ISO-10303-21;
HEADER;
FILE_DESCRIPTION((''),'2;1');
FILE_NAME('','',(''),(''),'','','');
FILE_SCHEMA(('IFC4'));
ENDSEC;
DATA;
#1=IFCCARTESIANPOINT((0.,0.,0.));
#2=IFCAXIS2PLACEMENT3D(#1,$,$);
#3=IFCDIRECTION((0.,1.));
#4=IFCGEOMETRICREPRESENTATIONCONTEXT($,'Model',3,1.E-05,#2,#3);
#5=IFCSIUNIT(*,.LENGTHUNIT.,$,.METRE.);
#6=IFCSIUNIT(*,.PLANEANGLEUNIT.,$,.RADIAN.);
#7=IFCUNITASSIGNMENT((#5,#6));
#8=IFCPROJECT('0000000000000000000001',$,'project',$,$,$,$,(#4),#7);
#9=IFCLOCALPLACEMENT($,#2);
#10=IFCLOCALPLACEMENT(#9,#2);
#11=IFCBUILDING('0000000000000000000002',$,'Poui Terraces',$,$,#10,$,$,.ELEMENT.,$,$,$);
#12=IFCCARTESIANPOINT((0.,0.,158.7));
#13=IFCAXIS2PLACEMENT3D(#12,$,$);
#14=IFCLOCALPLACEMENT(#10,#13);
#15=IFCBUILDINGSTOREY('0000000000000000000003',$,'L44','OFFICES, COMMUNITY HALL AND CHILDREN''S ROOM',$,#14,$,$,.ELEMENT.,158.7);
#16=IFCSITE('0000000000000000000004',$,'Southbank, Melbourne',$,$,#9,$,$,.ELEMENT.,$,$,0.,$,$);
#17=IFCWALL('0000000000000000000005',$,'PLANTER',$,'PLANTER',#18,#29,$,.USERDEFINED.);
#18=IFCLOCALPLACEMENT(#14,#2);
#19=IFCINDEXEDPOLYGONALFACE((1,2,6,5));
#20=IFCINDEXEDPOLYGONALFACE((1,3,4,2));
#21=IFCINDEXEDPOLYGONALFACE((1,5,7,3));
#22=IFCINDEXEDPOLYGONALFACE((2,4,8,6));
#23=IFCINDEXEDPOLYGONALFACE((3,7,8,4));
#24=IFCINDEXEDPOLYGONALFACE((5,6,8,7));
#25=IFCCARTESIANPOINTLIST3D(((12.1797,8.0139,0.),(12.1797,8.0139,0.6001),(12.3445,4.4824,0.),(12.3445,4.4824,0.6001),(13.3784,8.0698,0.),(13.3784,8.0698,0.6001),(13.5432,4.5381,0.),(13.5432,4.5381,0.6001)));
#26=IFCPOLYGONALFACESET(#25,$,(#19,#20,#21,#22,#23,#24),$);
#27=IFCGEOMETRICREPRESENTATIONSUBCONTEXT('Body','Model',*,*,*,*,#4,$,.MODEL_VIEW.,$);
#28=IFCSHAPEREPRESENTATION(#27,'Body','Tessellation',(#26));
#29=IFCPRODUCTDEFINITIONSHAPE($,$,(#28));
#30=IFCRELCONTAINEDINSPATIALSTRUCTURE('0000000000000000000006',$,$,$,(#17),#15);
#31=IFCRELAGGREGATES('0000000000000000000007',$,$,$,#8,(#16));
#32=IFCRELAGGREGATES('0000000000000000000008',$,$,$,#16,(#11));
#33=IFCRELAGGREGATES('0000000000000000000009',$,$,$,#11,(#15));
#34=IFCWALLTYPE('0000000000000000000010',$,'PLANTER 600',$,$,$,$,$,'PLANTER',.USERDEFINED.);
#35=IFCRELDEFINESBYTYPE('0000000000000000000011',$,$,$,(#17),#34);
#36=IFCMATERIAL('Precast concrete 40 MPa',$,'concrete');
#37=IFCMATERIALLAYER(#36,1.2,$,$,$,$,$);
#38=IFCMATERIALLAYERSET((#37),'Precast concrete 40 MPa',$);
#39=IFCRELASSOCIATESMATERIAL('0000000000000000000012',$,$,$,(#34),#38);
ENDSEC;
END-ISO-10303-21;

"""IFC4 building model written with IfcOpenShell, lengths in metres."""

from ifc_helpers import new_model, si_unit, direction, frame, origin, place, context, subcontext, project, spatial, polyline, outline, extrude, source, transform, mapped, material, layer, layer_set, type_object, element, save


model = new_model("IFC4")

# Units and contexts
model_context = context("Model", 3, precision=1e-05, world=origin(), true_north=direction((0.0, 1.0)))
body_context = subcontext(model_context, "Body", "Model", "MODEL_VIEW")
ifc_project = project(units=[si_unit("LENGTHUNIT", "METRE"), si_unit("PLANEANGLEUNIT", "RADIAN")], contexts=[model_context])

# Site, building, storey
site_placement = place(None, origin())
site = spatial("IfcSite", under=ifc_project, at=site_placement, Name="Southbank, Melbourne", CompositionType="ELEMENT", RefElevation=0.0)
building_placement = place(site_placement, origin())
building = spatial("IfcBuilding", under=site, at=building_placement, Name="Poui Terraces", CompositionType="ELEMENT")
storey_placement = place(building_placement, frame((0.0, 0.0, 158.7)))
storey = spatial("IfcBuildingStorey", under=building, at=storey_placement, Name="L44", Description="OFFICES, COMMUNITY HALL AND CHILDREN'S ROOM", CompositionType="ELEMENT", Elevation=158.7)

# Wall
ifc_material_1 = material(Name="Precast concrete 40 MPa", Category="concrete")
ifc_layer_1 = layer(ifc_material_1, 1.2)
ifc_layer_set_1 = layer_set([ifc_layer_1], Name="Precast concrete 40 MPa")
wall_type_1 = type_object("IfcWallType", Name="PLANTER 600", ElementType="PLANTER", PredefinedType="USERDEFINED", material=ifc_layer_set_1)
shared_shape_1 = source(origin(), body_context, "Body", "SweptSolid", [
    extrude(outline(polyline([(0.0, 0.0), (0.1648, -3.5315), (1.3635, -3.4758), (1.1987, 0.0559), (0.0, 0.0)])), origin(), (0.0, 0.0, 1.0), 0.6001),
])
wall_1_placement = place(storey_placement, frame((12.1797, 8.0139, 0.0)))
element("IfcWall", 1, at=wall_1_placement, inside=storey, type_object=wall_type_1, Name="PLANTER", ObjectType="PLANTER", PredefinedType="USERDEFINED", context=body_context, shape_type="MappedRepresentation", body=[
    mapped(shared_shape_1, transform((0.0, 0.0, 0.0))),
])

save(model, "model.ifc")
